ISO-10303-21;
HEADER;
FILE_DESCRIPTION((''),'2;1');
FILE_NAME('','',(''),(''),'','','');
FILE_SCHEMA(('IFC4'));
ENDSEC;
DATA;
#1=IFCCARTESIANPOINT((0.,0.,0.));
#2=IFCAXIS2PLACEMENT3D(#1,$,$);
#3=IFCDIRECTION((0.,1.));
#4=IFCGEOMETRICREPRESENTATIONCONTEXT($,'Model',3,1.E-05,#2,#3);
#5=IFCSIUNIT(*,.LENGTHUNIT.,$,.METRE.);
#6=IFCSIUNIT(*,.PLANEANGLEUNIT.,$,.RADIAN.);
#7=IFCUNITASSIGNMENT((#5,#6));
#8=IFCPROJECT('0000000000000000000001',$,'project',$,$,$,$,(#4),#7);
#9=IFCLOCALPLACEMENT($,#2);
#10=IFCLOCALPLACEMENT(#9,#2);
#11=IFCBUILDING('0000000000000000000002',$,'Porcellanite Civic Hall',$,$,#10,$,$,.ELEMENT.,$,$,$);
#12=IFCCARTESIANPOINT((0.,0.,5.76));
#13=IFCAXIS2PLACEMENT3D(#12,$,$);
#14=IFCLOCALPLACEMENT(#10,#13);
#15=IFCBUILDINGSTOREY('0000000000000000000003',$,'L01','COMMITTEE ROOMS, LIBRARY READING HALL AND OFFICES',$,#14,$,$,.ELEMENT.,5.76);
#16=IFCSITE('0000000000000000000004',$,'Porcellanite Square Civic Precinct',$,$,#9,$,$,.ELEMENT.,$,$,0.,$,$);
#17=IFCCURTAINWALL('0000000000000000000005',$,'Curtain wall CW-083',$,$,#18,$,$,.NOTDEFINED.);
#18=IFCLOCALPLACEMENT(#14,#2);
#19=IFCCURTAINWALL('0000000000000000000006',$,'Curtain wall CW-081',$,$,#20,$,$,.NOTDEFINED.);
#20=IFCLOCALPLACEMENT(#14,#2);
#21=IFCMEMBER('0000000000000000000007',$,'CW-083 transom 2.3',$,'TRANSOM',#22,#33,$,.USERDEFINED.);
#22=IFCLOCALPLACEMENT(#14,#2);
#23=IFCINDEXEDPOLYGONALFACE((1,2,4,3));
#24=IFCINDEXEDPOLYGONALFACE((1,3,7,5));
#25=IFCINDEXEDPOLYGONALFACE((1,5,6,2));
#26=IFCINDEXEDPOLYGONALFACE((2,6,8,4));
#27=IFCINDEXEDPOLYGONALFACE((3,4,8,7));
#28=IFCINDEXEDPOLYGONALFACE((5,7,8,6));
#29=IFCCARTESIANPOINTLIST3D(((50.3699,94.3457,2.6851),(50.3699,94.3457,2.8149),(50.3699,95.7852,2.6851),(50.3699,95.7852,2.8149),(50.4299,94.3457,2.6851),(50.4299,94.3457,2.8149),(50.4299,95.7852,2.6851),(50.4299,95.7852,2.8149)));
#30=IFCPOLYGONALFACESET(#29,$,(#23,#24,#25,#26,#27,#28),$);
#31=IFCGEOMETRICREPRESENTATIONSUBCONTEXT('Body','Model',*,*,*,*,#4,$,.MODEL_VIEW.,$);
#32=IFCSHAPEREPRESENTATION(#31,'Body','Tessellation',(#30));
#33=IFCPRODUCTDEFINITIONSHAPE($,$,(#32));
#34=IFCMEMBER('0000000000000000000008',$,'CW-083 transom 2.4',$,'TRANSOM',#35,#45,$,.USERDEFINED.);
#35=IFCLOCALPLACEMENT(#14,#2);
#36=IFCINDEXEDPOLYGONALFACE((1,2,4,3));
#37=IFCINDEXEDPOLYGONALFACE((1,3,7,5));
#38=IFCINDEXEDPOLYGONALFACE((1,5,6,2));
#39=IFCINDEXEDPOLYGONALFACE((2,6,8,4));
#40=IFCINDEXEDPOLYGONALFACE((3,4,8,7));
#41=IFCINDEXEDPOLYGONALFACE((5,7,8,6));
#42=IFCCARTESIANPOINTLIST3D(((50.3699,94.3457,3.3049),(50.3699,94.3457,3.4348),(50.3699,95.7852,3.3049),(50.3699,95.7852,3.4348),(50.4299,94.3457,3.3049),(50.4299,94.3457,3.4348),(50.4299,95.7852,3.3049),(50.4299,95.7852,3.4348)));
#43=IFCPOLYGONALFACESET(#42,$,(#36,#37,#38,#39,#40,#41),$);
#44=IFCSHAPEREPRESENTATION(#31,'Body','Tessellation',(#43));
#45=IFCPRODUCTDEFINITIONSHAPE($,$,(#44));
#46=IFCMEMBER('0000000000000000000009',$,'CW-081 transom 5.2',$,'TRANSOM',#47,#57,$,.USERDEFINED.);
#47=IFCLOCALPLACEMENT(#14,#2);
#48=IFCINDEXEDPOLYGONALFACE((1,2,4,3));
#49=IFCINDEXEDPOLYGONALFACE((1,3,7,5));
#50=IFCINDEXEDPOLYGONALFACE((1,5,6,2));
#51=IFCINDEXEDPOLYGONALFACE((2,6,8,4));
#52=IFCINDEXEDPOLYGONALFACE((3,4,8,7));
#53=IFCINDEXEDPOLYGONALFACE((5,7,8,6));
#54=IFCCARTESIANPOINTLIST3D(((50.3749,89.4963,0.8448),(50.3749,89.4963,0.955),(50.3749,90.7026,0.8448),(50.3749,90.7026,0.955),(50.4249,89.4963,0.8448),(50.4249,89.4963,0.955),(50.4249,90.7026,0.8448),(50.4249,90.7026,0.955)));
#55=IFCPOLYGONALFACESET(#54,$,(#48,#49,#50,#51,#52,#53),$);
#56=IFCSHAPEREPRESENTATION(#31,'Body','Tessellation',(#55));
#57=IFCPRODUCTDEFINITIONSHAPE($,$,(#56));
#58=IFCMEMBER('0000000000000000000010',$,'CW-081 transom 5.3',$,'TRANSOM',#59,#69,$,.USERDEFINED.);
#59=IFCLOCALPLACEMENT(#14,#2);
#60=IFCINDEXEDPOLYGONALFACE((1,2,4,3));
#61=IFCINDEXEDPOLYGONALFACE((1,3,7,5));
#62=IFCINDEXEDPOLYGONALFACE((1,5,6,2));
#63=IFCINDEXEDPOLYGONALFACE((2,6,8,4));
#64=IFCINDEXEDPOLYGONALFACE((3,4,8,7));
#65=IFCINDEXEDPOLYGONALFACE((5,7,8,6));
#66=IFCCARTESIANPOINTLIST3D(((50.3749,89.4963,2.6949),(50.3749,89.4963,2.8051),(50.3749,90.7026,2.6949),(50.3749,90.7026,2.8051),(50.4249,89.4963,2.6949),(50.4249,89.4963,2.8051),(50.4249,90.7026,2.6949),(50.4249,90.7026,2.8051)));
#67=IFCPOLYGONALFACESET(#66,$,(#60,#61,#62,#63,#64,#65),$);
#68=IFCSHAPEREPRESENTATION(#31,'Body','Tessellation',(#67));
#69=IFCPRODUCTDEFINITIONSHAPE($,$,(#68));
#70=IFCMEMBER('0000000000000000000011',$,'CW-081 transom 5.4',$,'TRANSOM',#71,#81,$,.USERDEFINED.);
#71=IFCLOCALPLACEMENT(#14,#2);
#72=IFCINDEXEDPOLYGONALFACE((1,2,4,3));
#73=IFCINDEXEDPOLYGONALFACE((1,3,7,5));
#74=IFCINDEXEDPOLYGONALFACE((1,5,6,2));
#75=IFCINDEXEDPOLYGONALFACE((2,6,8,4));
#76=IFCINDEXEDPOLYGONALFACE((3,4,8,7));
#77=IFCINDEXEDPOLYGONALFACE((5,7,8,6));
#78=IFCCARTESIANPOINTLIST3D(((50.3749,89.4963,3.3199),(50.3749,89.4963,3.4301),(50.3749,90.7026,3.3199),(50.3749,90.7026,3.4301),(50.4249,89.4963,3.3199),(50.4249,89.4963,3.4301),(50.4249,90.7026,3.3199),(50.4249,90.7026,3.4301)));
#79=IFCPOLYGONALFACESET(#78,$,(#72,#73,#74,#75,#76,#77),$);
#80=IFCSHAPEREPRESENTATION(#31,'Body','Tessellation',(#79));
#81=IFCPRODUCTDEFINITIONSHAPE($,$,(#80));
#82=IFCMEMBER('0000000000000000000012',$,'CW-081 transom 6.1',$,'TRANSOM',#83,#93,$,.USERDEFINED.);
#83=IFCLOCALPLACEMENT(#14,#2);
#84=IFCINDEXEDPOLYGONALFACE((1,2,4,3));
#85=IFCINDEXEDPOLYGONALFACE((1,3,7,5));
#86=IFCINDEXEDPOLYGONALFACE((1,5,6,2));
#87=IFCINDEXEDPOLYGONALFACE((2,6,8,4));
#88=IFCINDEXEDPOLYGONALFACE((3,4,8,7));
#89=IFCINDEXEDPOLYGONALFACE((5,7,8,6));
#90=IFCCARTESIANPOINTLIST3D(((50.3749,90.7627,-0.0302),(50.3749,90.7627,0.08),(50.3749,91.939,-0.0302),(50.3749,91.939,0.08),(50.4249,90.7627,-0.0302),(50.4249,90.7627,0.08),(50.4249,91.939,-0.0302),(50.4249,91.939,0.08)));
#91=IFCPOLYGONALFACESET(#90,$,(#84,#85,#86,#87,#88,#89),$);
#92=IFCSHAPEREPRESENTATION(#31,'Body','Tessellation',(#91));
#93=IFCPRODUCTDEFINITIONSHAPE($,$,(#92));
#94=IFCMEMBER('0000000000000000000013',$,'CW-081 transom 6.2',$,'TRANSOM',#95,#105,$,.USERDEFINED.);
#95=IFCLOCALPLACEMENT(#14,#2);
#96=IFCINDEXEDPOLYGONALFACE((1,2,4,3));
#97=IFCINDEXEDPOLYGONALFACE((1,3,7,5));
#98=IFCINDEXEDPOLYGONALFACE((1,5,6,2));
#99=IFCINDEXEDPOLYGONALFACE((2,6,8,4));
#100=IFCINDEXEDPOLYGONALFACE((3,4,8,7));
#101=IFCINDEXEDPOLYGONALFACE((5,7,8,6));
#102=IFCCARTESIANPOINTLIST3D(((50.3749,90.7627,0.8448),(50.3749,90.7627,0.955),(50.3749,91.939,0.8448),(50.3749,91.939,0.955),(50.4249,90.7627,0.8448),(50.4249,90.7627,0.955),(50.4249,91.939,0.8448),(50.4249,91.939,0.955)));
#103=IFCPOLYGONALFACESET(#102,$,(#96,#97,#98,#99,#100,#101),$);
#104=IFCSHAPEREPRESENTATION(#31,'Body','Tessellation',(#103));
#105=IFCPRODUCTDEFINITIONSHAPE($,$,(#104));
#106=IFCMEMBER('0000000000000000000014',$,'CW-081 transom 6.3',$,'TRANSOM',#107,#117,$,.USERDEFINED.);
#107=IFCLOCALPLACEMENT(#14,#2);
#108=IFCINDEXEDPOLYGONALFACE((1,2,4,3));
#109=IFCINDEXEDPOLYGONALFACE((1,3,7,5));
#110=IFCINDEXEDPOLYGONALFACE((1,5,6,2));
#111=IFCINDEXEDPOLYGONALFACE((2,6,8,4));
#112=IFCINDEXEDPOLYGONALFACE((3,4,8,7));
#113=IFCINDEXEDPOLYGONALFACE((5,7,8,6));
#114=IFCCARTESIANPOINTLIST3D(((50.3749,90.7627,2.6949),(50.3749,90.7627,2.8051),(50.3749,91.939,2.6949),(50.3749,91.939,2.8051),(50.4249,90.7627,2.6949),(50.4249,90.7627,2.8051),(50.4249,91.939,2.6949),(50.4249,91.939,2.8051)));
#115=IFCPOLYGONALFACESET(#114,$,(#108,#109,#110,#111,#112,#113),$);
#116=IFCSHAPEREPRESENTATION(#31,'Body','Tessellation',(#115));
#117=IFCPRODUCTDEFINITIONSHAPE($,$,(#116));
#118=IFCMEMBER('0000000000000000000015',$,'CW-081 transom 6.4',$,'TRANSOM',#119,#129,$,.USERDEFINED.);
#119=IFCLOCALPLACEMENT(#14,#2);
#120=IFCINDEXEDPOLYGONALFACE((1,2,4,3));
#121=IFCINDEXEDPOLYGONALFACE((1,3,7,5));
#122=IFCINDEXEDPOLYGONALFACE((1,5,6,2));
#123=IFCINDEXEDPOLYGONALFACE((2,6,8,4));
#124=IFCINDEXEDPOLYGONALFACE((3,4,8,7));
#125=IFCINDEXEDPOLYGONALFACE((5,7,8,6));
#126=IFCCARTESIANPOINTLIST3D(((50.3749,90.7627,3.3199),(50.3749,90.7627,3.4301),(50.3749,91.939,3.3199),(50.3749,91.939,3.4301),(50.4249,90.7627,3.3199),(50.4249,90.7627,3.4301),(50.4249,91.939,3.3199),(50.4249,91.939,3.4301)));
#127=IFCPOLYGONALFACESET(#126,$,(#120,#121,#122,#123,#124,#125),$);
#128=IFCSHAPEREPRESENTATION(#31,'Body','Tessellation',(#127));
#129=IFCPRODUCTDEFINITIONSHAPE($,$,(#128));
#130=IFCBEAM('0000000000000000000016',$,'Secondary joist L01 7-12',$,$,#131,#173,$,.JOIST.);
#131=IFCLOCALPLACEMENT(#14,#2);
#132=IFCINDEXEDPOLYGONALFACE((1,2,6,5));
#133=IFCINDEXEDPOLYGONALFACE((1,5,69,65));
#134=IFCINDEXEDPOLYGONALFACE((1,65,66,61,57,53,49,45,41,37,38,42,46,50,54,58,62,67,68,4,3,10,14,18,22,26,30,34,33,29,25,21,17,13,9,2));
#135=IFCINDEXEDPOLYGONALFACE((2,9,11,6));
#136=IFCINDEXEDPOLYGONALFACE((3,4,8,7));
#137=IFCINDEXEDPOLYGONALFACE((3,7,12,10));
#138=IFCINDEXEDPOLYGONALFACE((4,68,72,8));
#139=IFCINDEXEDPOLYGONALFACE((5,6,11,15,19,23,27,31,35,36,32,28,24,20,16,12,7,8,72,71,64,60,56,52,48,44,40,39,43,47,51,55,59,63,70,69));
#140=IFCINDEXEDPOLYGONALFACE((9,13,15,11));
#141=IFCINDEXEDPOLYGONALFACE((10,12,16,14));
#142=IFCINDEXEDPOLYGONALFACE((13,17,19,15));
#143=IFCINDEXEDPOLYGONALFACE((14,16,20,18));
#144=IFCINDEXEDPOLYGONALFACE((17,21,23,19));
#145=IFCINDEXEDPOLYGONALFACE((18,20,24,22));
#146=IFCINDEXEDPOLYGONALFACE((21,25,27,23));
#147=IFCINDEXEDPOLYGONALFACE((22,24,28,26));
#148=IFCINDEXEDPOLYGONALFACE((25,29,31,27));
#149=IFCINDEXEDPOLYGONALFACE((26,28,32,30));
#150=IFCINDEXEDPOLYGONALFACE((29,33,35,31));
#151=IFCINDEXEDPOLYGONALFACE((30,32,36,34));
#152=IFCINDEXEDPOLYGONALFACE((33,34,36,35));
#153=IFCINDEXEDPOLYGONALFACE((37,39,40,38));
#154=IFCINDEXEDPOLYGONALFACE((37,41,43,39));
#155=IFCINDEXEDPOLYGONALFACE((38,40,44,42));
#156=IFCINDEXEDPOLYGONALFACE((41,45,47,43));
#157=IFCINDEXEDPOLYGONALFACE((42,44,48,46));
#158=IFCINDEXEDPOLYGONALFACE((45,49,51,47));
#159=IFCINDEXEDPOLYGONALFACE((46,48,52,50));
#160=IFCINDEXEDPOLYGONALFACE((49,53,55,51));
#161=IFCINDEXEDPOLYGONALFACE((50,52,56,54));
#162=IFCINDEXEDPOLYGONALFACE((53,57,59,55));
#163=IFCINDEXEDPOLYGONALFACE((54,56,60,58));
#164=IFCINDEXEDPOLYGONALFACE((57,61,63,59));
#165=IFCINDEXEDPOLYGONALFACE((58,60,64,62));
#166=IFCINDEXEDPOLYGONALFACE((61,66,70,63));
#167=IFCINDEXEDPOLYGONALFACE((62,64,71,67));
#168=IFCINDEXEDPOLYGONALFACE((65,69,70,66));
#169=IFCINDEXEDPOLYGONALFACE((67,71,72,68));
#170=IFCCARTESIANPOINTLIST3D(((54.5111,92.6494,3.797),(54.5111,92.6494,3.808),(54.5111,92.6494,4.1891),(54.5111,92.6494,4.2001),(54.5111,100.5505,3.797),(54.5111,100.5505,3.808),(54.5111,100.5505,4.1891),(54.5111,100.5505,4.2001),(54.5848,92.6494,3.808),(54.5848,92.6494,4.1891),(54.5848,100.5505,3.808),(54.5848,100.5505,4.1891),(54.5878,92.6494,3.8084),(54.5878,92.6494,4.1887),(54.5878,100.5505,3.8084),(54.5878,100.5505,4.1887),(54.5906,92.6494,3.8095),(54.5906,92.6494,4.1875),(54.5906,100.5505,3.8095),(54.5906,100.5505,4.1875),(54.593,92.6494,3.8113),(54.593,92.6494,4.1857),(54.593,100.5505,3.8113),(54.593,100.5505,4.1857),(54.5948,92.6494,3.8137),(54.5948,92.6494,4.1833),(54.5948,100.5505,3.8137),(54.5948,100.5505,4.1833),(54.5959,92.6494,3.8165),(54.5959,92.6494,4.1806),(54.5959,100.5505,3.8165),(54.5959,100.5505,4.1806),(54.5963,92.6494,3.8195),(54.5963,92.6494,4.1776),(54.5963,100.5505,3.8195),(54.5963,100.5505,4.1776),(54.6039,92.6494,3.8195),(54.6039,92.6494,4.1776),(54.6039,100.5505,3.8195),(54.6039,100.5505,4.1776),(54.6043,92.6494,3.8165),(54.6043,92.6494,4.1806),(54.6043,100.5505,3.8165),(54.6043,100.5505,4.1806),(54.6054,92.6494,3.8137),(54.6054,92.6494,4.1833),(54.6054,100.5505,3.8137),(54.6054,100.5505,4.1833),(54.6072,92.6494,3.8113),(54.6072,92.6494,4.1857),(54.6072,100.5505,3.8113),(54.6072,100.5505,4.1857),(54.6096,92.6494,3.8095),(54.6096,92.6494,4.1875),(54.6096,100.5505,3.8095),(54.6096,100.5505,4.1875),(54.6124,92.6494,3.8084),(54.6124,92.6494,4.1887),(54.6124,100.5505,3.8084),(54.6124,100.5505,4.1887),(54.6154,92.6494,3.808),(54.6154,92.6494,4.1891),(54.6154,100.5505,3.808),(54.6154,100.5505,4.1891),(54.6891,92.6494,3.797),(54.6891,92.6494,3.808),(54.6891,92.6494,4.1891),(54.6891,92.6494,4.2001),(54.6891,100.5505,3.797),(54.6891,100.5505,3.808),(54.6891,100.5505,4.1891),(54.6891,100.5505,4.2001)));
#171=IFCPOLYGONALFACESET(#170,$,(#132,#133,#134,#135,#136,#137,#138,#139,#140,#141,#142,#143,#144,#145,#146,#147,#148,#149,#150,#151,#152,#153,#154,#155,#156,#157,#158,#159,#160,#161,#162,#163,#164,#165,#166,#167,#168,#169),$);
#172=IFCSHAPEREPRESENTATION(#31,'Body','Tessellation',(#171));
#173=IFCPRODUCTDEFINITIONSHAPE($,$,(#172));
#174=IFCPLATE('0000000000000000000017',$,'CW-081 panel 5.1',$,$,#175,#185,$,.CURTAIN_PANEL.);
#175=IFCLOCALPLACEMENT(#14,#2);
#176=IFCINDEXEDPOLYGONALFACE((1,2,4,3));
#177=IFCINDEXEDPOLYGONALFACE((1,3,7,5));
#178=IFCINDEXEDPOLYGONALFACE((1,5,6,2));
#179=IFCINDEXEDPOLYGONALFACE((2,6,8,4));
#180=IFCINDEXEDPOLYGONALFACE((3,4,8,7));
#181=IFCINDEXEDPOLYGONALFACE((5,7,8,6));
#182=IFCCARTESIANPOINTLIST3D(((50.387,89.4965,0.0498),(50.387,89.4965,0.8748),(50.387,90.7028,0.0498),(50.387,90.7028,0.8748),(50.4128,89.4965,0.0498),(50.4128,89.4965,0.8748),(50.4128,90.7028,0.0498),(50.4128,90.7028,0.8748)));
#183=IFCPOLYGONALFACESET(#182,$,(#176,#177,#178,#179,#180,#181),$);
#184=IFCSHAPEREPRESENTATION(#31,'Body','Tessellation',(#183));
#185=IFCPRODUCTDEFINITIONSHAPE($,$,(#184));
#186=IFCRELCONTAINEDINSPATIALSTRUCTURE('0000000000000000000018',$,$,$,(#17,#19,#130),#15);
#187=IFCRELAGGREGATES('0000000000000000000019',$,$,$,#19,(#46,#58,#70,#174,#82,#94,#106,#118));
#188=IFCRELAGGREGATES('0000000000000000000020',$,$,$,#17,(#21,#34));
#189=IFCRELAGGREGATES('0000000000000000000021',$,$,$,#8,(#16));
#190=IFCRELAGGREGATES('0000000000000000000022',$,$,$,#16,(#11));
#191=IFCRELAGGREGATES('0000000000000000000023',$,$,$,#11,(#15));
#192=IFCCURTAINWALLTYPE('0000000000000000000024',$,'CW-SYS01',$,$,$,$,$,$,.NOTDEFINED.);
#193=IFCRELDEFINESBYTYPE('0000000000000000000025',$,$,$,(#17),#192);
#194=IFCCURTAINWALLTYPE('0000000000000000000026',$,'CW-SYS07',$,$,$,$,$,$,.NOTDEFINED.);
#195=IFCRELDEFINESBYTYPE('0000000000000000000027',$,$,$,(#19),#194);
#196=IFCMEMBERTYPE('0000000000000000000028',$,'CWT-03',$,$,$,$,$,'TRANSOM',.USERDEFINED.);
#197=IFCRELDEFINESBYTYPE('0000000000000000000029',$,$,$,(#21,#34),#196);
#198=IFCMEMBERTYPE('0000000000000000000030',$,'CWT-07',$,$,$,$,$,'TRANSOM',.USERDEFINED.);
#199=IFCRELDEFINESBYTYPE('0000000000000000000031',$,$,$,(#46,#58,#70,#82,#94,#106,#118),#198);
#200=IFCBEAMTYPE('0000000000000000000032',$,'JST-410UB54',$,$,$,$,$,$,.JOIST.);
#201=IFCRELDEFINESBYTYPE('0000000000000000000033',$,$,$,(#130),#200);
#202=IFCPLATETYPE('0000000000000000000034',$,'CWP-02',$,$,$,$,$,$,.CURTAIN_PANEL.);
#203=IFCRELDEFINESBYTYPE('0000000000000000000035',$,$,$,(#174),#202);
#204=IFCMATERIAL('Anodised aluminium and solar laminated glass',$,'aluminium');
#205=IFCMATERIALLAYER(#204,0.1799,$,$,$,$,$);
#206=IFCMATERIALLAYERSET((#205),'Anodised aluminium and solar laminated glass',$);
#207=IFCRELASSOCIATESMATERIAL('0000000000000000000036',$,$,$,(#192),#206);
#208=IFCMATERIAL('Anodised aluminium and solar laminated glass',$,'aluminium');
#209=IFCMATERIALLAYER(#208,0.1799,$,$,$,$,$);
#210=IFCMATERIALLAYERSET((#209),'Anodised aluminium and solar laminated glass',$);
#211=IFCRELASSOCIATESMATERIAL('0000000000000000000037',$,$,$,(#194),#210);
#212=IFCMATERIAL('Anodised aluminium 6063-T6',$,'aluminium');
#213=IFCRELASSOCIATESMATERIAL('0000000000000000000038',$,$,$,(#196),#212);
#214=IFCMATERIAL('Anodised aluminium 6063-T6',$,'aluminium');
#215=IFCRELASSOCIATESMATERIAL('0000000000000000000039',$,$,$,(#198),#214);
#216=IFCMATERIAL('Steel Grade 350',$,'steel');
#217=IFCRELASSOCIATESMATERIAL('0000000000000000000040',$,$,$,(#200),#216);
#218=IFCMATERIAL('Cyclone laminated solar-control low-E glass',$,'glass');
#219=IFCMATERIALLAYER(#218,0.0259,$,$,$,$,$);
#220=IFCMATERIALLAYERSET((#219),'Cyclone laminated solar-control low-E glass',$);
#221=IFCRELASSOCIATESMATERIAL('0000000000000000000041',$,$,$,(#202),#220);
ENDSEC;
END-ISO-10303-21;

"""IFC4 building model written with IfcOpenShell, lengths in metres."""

from ifc_helpers import new_model, si_unit, direction, frame, origin, origin_2d, place, context, subcontext, project, spatial, rectangle, i_section, extrude, material, layer, layer_set, material_profile, profile_set, type_object, element, aggregate, save


model = new_model("IFC4")

# Units and contexts
model_context = context("Model", 3, precision=1e-05, world=origin(), true_north=direction((0.0, 1.0)))
body_context = subcontext(model_context, "Body", "Model", "MODEL_VIEW")
ifc_project = project(units=[si_unit("LENGTHUNIT", "METRE"), si_unit("PLANEANGLEUNIT", "RADIAN")], contexts=[model_context])

# Site, building, storey
site_placement = place(None, origin())
site = spatial("IfcSite", under=ifc_project, at=site_placement, Name="Porcellanite Square Civic Precinct", CompositionType="ELEMENT", RefElevation=0.0)
building_placement = place(site_placement, origin())
building = spatial("IfcBuilding", under=site, at=building_placement, Name="Porcellanite Civic Hall", CompositionType="ELEMENT")
storey_placement = place(building_placement, frame((0.0, 0.0, 5.76)))
storey = spatial("IfcBuildingStorey", under=building, at=storey_placement, Name="L01", Description="COMMITTEE ROOMS, LIBRARY READING HALL AND OFFICES", CompositionType="ELEMENT", Elevation=5.76)

# Curtain walls
ifc_material_1 = material(Name="Anodised aluminium and solar laminated glass", Category="aluminium")
ifc_layer_1 = layer(ifc_material_1, 0.1799)
ifc_layer_set_1 = layer_set([ifc_layer_1], Name="Anodised aluminium and solar laminated glass")
curtain_wall_type_1 = type_object("IfcCurtainWallType", Name="CW-SYS01", PredefinedType="NOTDEFINED", material=ifc_layer_set_1)
curtain_wall_1_placement = place(storey_placement, origin())
curtain_wall_1 = element("IfcCurtainWall", 1, at=curtain_wall_1_placement, inside=storey, type_object=curtain_wall_type_1, Name="Curtain wall CW-083", PredefinedType="NOTDEFINED")
ifc_material_2 = material(Name="Anodised aluminium and solar laminated glass", Category="aluminium")
ifc_layer_2 = layer(ifc_material_2, 0.1799)
ifc_layer_set_2 = layer_set([ifc_layer_2], Name="Anodised aluminium and solar laminated glass")
curtain_wall_type_2 = type_object("IfcCurtainWallType", Name="CW-SYS07", PredefinedType="NOTDEFINED", material=ifc_layer_set_2)
curtain_wall_2_placement = place(storey_placement, origin())
curtain_wall_2 = element("IfcCurtainWall", 2, at=curtain_wall_2_placement, inside=storey, type_object=curtain_wall_type_2, Name="Curtain wall CW-081", PredefinedType="NOTDEFINED")

# Members
ifc_material_3 = material(Name="Anodised aluminium 6063-T6", Category="aluminium")
ifc_material_profile_1 = material_profile(ifc_material_3, rectangle(XDim=0.0601, YDim=0.1299, at=origin_2d()), Name="AL-60x130")
ifc_profile_set_1 = profile_set([ifc_material_profile_1], Name="Anodised aluminium 6063-T6")
member_type_1 = type_object("IfcMemberType", Name="CWT-03", ElementType="TRANSOM", PredefinedType="USERDEFINED", material=ifc_profile_set_1)
member_1_placement = place(storey_placement, frame((50.3999, 94.3457, 2.75), z_axis=(0.0, 1.0, 0.0), x_axis=(-1.0, 0.0, 0.0)))
member_1 = element("IfcMember", 3, at=member_1_placement, type_object=member_type_1, Name="CW-083 transom 2.3", ObjectType="TRANSOM", PredefinedType="USERDEFINED", context=body_context, shape_type="SweptSolid", body=[
    extrude(rectangle(XDim=0.0601, YDim=0.1299, at=origin_2d()), origin(), (0.0, 0.0, 1.0), 1.4395),
])
member_2_placement = place(storey_placement, frame((50.3999, 94.3457, 3.3699), z_axis=(0.0, 1.0, 0.0), x_axis=(-1.0, 0.0, 0.0)))
member_2 = element("IfcMember", 4, at=member_2_placement, type_object=member_type_1, Name="CW-083 transom 2.4", ObjectType="TRANSOM", PredefinedType="USERDEFINED", context=body_context, shape_type="SweptSolid", body=[
    extrude(rectangle(XDim=0.0601, YDim=0.1299, at=origin_2d()), origin(), (0.0, 0.0, 1.0), 1.4395),
])
ifc_material_4 = material(Name="Anodised aluminium 6063-T6", Category="aluminium")
ifc_material_profile_2 = material_profile(ifc_material_4, rectangle(XDim=0.05, YDim=0.1101, at=origin_2d()), Name="AL-50x110")
ifc_profile_set_2 = profile_set([ifc_material_profile_2], Name="Anodised aluminium 6063-T6")
member_type_2 = type_object("IfcMemberType", Name="CWT-07", ElementType="TRANSOM", PredefinedType="USERDEFINED", material=ifc_profile_set_2)
member_3_placement = place(storey_placement, frame((50.3999, 89.4963, 0.8999), z_axis=(0.0, 1.0, 0.0), x_axis=(-1.0, 0.0, 0.0)))
member_3 = element("IfcMember", 5, at=member_3_placement, type_object=member_type_2, Name="CW-081 transom 5.2", ObjectType="TRANSOM", PredefinedType="USERDEFINED", context=body_context, shape_type="SweptSolid", body=[
    extrude(rectangle(XDim=0.05, YDim=0.1101, at=origin_2d()), origin(), (0.0, 0.0, 1.0), 1.2063),
])
member_4_placement = place(storey_placement, frame((50.3999, 89.4963, 2.75), z_axis=(0.0, 1.0, 0.0), x_axis=(-1.0, 0.0, 0.0)))
member_4 = element("IfcMember", 6, at=member_4_placement, type_object=member_type_2, Name="CW-081 transom 5.3", ObjectType="TRANSOM", PredefinedType="USERDEFINED", context=body_context, shape_type="SweptSolid", body=[
    extrude(rectangle(XDim=0.05, YDim=0.1101, at=origin_2d()), origin(), (0.0, 0.0, 1.0), 1.2063),
])
member_5_placement = place(storey_placement, frame((50.3999, 89.4963, 3.375), z_axis=(0.0, 1.0, 0.0), x_axis=(-1.0, 0.0, 0.0)))
member_5 = element("IfcMember", 7, at=member_5_placement, type_object=member_type_2, Name="CW-081 transom 5.4", ObjectType="TRANSOM", PredefinedType="USERDEFINED", context=body_context, shape_type="SweptSolid", body=[
    extrude(rectangle(XDim=0.05, YDim=0.1101, at=origin_2d()), origin(), (0.0, 0.0, 1.0), 1.2063),
])
member_6_placement = place(storey_placement, frame((50.3999, 90.7627, 0.0249), z_axis=(0.0, 1.0, 0.0), x_axis=(-1.0, 0.0, 0.0)))
member_6 = element("IfcMember", 8, at=member_6_placement, type_object=member_type_2, Name="CW-081 transom 6.1", ObjectType="TRANSOM", PredefinedType="USERDEFINED", context=body_context, shape_type="SweptSolid", body=[
    extrude(rectangle(XDim=0.05, YDim=0.1101, at=origin_2d()), origin(), (0.0, 0.0, 1.0), 1.1763),
])
member_7_placement = place(storey_placement, frame((50.3999, 90.7627, 0.8999), z_axis=(0.0, 1.0, 0.0), x_axis=(-1.0, 0.0, 0.0)))
member_7 = element("IfcMember", 9, at=member_7_placement, type_object=member_type_2, Name="CW-081 transom 6.2", ObjectType="TRANSOM", PredefinedType="USERDEFINED", context=body_context, shape_type="SweptSolid", body=[
    extrude(rectangle(XDim=0.05, YDim=0.1101, at=origin_2d()), origin(), (0.0, 0.0, 1.0), 1.1763),
])
member_8_placement = place(storey_placement, frame((50.3999, 90.7627, 2.75), z_axis=(0.0, 1.0, 0.0), x_axis=(-1.0, 0.0, 0.0)))
member_8 = element("IfcMember", 10, at=member_8_placement, type_object=member_type_2, Name="CW-081 transom 6.3", ObjectType="TRANSOM", PredefinedType="USERDEFINED", context=body_context, shape_type="SweptSolid", body=[
    extrude(rectangle(XDim=0.05, YDim=0.1101, at=origin_2d()), origin(), (0.0, 0.0, 1.0), 1.1763),
])
member_9_placement = place(storey_placement, frame((50.3999, 90.7627, 3.375), z_axis=(0.0, 1.0, 0.0), x_axis=(-1.0, 0.0, 0.0)))
member_9 = element("IfcMember", 11, at=member_9_placement, type_object=member_type_2, Name="CW-081 transom 6.4", ObjectType="TRANSOM", PredefinedType="USERDEFINED", context=body_context, shape_type="SweptSolid", body=[
    extrude(rectangle(XDim=0.05, YDim=0.1101, at=origin_2d()), origin(), (0.0, 0.0, 1.0), 1.1763),
])

# Beam
ifc_material_5 = material(Name="Steel Grade 350", Category="steel")
ifc_material_profile_3 = material_profile(ifc_material_5, i_section(OverallWidth=0.178, OverallDepth=0.4031, WebThickness=0.0076, FlangeThickness=0.011, FilletRadius=0.0115, at=origin_2d()), Name="410UB53.7")
ifc_profile_set_3 = profile_set([ifc_material_profile_3], Name="Steel Grade 350")
beam_type_1 = type_object("IfcBeamType", Name="JST-410UB54", PredefinedType="JOIST", material=ifc_profile_set_3)
beam_1_placement = place(storey_placement, frame((54.6001, 92.6494, 3.9985), z_axis=(0.0, 1.0, 0.0), x_axis=(-1.0, 0.0, 0.0)))
element("IfcBeam", 12, at=beam_1_placement, inside=storey, type_object=beam_type_1, Name="Secondary joist L01 7-12", PredefinedType="JOIST", context=body_context, shape_type="SweptSolid", body=[
    extrude(i_section(OverallWidth=0.178, OverallDepth=0.4031, WebThickness=0.0076, FlangeThickness=0.011, FilletRadius=0.0115, at=origin_2d()), origin(), (0.0, 0.0, 1.0), 7.9011),
])

# Plate
ifc_material_6 = material(Name="Cyclone laminated solar-control low-E glass", Category="glass")
ifc_layer_3 = layer(ifc_material_6, 0.0259)
ifc_layer_set_3 = layer_set([ifc_layer_3], Name="Cyclone laminated solar-control low-E glass")
plate_type_1 = type_object("IfcPlateType", Name="CWP-02", PredefinedType="CURTAIN_PANEL", material=ifc_layer_set_3)
plate_1_placement = place(storey_placement, frame((50.3999, 90.0996, 0.0498), z_axis=(0.0, 0.0, 1.0), x_axis=(0.0, 1.0, 0.0)))
plate_1 = element("IfcPlate", 13, at=plate_1_placement, type_object=plate_type_1, Name="CW-081 panel 5.1", PredefinedType="CURTAIN_PANEL", context=body_context, shape_type="SweptSolid", body=[
    extrude(rectangle(XDim=1.2063, YDim=0.0259, at=origin_2d()), origin(), (0.0, 0.0, 1.0), 0.825),
])
aggregate(curtain_wall_2, [member_3, member_4, member_5, plate_1, member_6, member_7, member_8, member_9])
aggregate(curtain_wall_1, [member_1, member_2])

save(model, "model.ifc")
